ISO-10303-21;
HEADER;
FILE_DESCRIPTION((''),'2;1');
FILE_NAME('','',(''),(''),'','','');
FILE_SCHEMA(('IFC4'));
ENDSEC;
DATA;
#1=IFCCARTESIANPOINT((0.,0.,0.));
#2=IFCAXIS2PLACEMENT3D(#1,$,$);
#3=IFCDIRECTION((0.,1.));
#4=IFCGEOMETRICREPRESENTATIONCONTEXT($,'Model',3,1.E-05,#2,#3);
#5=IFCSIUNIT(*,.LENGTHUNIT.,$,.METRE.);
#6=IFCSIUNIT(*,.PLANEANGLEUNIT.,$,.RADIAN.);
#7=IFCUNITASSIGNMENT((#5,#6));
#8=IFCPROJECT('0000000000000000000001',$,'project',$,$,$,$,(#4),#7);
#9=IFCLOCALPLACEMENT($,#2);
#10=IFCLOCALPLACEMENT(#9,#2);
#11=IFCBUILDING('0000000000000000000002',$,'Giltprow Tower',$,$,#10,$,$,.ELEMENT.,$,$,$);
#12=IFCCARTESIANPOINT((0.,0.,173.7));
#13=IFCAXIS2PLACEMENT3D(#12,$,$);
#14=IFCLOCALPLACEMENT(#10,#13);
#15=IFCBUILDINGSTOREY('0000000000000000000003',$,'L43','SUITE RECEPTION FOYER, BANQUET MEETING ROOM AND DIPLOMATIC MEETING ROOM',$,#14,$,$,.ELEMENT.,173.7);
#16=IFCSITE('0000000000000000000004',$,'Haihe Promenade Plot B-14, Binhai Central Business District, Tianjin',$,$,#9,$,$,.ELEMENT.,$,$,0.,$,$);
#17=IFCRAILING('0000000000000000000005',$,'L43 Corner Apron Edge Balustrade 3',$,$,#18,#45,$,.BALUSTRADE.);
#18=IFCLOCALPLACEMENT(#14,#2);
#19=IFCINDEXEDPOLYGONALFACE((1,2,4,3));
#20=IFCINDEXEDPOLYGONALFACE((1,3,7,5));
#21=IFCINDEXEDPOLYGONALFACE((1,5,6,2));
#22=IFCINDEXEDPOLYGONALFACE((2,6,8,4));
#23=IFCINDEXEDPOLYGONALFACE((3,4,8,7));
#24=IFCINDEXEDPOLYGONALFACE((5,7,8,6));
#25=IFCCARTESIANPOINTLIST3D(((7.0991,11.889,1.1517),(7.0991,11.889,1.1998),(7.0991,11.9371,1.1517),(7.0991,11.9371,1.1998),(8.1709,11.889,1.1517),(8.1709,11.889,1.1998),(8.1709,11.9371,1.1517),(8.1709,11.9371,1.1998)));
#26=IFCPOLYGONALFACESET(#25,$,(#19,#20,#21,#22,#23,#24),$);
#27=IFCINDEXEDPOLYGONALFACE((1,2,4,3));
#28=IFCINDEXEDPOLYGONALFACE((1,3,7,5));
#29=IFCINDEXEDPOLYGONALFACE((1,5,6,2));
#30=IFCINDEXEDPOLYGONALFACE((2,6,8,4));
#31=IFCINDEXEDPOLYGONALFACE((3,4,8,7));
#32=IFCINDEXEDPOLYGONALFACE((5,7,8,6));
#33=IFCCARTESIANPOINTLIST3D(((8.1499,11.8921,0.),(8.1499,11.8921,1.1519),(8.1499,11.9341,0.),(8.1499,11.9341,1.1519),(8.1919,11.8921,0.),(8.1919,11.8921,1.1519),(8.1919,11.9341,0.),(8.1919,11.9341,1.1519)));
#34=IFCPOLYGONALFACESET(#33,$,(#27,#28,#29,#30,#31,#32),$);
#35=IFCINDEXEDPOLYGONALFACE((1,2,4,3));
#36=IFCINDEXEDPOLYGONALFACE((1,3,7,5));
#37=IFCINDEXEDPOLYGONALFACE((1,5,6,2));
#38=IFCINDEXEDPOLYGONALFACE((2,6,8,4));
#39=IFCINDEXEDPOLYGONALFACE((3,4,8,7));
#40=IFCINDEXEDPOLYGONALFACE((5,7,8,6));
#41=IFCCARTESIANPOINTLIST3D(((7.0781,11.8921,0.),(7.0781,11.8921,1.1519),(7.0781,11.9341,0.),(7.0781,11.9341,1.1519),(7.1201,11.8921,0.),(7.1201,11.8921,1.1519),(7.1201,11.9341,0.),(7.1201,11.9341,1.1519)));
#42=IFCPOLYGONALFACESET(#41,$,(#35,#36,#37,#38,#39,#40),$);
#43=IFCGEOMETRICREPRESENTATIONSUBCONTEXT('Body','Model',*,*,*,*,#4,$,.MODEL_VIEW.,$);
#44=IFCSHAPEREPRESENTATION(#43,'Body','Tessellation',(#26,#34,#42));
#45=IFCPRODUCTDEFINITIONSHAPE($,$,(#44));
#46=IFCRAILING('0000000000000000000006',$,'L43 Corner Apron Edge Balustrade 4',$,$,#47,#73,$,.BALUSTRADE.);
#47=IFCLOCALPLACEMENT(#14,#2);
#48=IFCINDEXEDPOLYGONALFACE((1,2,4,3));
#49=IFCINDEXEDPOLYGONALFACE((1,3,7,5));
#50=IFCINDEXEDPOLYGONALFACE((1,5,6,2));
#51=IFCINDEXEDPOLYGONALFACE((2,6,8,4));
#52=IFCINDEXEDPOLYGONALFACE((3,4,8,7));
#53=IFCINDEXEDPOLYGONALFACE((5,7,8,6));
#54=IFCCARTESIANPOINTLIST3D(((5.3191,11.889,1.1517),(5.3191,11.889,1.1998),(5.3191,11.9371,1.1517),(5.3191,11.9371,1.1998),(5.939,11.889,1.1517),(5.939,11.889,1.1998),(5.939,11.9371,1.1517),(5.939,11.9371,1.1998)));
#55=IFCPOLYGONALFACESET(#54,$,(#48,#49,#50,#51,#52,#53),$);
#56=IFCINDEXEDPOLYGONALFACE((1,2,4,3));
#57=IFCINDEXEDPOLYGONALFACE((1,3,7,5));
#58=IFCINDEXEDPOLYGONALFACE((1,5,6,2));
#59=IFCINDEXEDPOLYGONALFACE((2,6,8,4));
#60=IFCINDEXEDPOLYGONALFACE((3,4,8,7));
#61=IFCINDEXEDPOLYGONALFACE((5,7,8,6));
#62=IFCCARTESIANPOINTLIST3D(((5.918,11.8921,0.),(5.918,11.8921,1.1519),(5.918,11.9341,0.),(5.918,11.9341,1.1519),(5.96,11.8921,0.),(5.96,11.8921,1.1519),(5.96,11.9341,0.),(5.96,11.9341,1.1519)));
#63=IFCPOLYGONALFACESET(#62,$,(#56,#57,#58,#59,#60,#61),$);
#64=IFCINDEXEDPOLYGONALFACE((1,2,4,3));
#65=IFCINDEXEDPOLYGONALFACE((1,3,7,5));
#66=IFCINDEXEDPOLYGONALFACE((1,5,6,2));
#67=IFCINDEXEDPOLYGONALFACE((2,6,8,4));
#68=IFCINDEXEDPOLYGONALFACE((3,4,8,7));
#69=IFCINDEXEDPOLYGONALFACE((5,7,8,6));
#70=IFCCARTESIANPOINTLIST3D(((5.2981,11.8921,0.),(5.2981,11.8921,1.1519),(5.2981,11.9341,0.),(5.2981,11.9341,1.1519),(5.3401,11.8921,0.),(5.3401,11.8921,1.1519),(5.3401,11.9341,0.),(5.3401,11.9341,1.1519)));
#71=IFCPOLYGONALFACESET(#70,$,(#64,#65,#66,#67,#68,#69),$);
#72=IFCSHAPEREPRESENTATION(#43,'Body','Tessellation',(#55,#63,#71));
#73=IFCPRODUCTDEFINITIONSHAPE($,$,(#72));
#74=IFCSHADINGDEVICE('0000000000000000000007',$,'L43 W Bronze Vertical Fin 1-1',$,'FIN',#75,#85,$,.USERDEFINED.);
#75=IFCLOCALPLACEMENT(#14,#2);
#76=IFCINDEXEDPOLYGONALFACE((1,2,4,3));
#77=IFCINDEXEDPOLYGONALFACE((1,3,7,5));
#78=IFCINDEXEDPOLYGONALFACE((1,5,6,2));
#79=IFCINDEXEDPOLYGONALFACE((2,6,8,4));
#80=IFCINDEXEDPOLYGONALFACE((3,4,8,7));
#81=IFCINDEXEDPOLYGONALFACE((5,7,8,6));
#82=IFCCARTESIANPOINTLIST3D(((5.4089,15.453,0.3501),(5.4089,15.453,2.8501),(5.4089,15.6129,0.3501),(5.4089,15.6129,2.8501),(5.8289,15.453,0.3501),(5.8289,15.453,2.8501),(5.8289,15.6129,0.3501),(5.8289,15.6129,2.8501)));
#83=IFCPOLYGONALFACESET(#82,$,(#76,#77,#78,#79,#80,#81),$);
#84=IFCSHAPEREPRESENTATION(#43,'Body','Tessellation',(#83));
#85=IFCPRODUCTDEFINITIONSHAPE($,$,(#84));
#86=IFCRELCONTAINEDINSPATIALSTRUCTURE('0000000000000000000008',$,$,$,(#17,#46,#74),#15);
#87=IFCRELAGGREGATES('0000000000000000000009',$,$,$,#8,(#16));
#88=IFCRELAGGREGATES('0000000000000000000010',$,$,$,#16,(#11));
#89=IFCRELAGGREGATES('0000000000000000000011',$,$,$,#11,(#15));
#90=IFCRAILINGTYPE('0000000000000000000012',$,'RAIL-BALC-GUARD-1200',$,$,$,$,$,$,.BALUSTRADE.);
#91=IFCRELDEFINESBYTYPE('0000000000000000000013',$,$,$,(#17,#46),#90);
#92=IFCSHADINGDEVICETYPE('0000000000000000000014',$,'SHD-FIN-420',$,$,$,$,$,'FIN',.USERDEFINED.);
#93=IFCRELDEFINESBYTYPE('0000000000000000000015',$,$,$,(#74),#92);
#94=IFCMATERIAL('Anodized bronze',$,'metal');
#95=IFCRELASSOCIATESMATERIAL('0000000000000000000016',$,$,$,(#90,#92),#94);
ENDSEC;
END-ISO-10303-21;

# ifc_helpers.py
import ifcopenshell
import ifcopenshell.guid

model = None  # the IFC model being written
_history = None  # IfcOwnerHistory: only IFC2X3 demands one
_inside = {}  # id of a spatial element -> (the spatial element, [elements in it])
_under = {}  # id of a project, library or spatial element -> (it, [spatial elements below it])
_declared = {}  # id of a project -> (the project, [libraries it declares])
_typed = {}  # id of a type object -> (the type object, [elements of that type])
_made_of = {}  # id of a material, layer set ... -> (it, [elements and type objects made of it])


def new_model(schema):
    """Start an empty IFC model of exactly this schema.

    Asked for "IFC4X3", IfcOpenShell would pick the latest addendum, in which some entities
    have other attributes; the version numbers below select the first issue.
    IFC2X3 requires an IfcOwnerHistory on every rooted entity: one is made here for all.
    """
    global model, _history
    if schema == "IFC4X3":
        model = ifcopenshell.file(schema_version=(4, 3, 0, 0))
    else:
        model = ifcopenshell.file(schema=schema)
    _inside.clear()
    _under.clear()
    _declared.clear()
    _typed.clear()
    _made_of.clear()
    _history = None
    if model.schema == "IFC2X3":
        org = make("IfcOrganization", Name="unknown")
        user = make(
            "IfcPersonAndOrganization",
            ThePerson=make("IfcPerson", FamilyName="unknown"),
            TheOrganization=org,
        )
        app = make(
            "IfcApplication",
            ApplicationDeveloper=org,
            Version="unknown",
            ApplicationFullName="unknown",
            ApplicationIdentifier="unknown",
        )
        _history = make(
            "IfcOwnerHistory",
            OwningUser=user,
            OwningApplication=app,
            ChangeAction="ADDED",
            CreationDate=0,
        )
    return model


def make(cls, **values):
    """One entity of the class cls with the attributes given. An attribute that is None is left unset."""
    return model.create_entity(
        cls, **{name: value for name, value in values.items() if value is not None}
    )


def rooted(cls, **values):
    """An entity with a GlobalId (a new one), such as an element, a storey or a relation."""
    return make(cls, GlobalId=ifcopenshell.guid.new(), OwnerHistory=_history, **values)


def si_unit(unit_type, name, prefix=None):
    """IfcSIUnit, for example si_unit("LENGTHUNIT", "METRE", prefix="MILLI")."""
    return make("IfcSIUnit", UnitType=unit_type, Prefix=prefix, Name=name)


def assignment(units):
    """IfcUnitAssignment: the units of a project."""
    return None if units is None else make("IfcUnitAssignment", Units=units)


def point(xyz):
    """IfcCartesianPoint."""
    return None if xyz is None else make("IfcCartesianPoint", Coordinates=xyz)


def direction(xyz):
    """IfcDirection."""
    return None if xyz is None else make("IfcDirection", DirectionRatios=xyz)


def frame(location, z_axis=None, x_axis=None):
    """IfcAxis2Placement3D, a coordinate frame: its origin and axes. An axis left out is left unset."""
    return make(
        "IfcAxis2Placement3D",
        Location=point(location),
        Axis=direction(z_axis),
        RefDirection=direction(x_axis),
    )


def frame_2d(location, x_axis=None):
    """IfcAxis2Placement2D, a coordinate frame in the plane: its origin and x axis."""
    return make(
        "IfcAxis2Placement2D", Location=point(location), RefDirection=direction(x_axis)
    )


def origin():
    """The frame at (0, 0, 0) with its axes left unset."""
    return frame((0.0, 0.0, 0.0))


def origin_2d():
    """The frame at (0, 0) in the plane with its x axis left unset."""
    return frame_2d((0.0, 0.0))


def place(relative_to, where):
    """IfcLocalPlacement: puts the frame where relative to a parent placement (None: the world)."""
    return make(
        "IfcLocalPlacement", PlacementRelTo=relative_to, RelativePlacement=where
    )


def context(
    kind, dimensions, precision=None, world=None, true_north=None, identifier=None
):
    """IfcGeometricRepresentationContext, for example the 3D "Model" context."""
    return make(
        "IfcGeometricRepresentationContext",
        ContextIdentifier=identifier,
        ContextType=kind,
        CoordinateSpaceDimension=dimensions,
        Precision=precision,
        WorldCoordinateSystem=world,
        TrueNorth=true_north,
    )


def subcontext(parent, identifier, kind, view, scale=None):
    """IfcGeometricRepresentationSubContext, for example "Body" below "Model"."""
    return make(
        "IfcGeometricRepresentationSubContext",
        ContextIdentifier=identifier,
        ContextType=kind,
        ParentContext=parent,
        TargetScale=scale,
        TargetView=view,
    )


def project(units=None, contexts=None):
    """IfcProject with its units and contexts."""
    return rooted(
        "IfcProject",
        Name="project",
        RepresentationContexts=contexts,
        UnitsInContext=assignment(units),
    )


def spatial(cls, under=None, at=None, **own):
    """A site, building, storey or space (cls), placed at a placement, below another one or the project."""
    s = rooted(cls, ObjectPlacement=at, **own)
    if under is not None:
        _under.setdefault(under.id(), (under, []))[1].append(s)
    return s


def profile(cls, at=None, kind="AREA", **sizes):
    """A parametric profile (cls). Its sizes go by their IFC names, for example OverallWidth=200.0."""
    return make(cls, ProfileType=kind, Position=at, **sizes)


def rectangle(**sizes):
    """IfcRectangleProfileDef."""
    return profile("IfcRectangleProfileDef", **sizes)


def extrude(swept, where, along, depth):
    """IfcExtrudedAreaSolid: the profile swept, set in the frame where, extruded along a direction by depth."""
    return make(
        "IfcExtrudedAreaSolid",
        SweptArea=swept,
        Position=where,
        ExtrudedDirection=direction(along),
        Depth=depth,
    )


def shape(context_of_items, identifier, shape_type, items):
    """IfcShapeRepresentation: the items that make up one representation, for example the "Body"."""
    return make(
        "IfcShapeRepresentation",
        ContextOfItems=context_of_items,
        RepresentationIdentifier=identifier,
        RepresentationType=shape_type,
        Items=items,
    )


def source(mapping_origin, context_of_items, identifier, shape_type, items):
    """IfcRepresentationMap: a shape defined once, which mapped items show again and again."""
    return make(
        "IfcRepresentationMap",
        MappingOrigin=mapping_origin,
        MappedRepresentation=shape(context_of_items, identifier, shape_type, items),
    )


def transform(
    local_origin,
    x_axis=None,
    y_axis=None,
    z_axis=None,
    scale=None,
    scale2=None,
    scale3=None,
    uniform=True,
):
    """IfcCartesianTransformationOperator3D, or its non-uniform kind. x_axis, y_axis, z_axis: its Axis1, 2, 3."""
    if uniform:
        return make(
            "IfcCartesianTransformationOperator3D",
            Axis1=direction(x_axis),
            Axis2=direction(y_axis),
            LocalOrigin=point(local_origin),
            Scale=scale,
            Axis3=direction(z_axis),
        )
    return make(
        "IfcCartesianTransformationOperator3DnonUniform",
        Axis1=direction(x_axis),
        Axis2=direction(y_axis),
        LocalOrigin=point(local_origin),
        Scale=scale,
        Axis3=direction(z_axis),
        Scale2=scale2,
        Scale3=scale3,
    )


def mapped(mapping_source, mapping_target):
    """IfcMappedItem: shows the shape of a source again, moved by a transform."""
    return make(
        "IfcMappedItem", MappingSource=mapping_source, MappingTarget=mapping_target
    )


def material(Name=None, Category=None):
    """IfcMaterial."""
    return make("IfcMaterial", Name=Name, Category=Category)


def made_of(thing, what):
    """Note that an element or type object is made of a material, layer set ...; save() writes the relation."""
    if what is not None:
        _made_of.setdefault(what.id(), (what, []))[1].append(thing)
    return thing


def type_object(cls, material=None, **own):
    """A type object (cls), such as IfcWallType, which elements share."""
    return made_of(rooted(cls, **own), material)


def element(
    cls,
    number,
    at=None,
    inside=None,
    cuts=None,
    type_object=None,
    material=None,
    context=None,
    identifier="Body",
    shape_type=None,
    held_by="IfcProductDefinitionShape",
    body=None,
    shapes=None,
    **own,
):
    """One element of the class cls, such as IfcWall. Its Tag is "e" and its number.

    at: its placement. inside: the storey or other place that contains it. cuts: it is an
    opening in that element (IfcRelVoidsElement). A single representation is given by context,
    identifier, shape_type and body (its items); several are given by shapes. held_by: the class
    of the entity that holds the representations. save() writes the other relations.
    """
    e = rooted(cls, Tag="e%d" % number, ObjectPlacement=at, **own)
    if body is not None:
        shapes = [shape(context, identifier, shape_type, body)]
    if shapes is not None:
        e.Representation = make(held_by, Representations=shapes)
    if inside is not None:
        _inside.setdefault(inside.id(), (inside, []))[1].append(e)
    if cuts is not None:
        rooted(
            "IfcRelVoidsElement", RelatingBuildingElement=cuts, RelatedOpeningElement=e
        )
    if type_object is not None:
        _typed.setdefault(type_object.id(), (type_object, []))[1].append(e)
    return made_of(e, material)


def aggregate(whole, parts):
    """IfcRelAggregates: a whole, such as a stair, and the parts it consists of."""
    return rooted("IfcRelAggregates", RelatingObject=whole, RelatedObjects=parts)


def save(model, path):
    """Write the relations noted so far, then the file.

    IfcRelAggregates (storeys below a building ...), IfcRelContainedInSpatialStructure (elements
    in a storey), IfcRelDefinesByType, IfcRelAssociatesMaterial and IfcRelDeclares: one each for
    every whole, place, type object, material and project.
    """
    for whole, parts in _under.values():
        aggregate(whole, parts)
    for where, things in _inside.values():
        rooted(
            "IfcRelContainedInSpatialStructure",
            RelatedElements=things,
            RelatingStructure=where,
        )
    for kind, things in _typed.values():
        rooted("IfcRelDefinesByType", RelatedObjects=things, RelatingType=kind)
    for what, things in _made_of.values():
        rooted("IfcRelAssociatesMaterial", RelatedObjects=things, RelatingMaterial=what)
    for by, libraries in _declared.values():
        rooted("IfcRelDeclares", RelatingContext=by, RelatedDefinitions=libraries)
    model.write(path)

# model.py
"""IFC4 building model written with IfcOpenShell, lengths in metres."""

from ifc_helpers import new_model, si_unit, direction, frame, origin, origin_2d, place, context, subcontext, project, spatial, rectangle, extrude, source, transform, mapped, material, type_object, element, save


model = new_model("IFC4")

# Units and contexts
model_context = context("Model", 3, precision=1e-05, world=origin(), true_north=direction((0.0, 1.0)))
body_context = subcontext(model_context, "Body", "Model", "MODEL_VIEW")
ifc_project = project(units=[si_unit("LENGTHUNIT", "METRE"), si_unit("PLANEANGLEUNIT", "RADIAN")], contexts=[model_context])

# Site, building, storey
site_placement = place(None, origin())
site = spatial("IfcSite", under=ifc_project, at=site_placement, Name="Haihe Promenade Plot B-14, Binhai Central Business District, Tianjin", CompositionType="ELEMENT", RefElevation=0.0)
building_placement = place(site_placement, origin())
building = spatial("IfcBuilding", under=site, at=building_placement, Name="Giltprow Tower", CompositionType="ELEMENT")
storey_placement = place(building_placement, frame((0.0, 0.0, 173.7)))
storey = spatial("IfcBuildingStorey", under=building, at=storey_placement, Name="L43", Description="SUITE RECEPTION FOYER, BANQUET MEETING ROOM AND DIPLOMATIC MEETING ROOM", CompositionType="ELEMENT", Elevation=173.7)

# Shared definitions
ifc_material_1 = material(Name="Anodized bronze", Category="metal")

# Railings
railing_type = type_object("IfcRailingType", Name="RAIL-BALC-GUARD-1200", PredefinedType="BALUSTRADE", material=ifc_material_1)
railing_1_placement = place(storey_placement, frame((8.1709, 11.9131, 0.0)))
element("IfcRailing", 1, at=railing_1_placement, inside=storey, type_object=railing_type, Name="L43 Corner Apron Edge Balustrade 3", PredefinedType="BALUSTRADE", context=body_context, shape_type="SweptSolid", body=[
    extrude(rectangle(XDim=0.0481, YDim=0.0481, at=origin_2d()), frame((0.0, 0.0, 1.1758), z_axis=(-1.0, 0.0, 0.0), x_axis=(0.0, -1.0, 0.0)), (0.0, 0.0, 1.0), 1.0718),
    extrude(rectangle(XDim=0.042, YDim=0.042, at=origin_2d()), origin(), (0.0, 0.0, 1.0), 1.1519),
    extrude(rectangle(XDim=0.042, YDim=0.042, at=origin_2d()), frame((-1.0718, 0.0, 0.0)), (0.0, 0.0, 1.0), 1.1519),
])
railing_2_placement = place(storey_placement, frame((5.939, 11.9131, 0.0)))
element("IfcRailing", 2, at=railing_2_placement, inside=storey, type_object=railing_type, Name="L43 Corner Apron Edge Balustrade 4", PredefinedType="BALUSTRADE", context=body_context, shape_type="SweptSolid", body=[
    extrude(rectangle(XDim=0.0481, YDim=0.0481, at=origin_2d()), frame((0.0, 0.0, 1.1758), z_axis=(-1.0, 0.0, 0.0), x_axis=(0.0, -1.0, 0.0)), (0.0, 0.0, 1.0), 0.6199),
    extrude(rectangle(XDim=0.042, YDim=0.042, at=origin_2d()), origin(), (0.0, 0.0, 1.0), 1.1519),
    extrude(rectangle(XDim=0.042, YDim=0.042, at=origin_2d()), frame((-0.6199, 0.0, 0.0)), (0.0, 0.0, 1.0), 1.1519),
])

# Shading device
shading_device_type = type_object("IfcShadingDeviceType", Name="SHD-FIN-420", ElementType="FIN", PredefinedType="USERDEFINED", material=ifc_material_1)
shared_shape_1 = source(origin(), body_context, "Body", "SweptSolid", [
    extrude(rectangle(XDim=0.4199, YDim=0.1599, at=origin_2d()), origin(), (0.0, 0.0, 1.0), 2.5),
])
shading_device_placement = place(storey_placement, frame((5.6189, 15.533, 0.3501), z_axis=(0.0, 0.0, 1.0), x_axis=(1.0, 0.0, 0.0)))
element("IfcShadingDevice", 3, at=shading_device_placement, inside=storey, type_object=shading_device_type, Name="L43 W Bronze Vertical Fin 1-1", ObjectType="FIN", PredefinedType="USERDEFINED", context=body_context, shape_type="MappedRepresentation", body=[
    mapped(shared_shape_1, transform((0.0, 0.0, 0.0), x_axis=(1.0, 0.0, 0.0), y_axis=(0.0, 1.0, 0.0), z_axis=(0.0, 0.0, 1.0), scale=1.0)),
])

save(model, "model.ifc")
